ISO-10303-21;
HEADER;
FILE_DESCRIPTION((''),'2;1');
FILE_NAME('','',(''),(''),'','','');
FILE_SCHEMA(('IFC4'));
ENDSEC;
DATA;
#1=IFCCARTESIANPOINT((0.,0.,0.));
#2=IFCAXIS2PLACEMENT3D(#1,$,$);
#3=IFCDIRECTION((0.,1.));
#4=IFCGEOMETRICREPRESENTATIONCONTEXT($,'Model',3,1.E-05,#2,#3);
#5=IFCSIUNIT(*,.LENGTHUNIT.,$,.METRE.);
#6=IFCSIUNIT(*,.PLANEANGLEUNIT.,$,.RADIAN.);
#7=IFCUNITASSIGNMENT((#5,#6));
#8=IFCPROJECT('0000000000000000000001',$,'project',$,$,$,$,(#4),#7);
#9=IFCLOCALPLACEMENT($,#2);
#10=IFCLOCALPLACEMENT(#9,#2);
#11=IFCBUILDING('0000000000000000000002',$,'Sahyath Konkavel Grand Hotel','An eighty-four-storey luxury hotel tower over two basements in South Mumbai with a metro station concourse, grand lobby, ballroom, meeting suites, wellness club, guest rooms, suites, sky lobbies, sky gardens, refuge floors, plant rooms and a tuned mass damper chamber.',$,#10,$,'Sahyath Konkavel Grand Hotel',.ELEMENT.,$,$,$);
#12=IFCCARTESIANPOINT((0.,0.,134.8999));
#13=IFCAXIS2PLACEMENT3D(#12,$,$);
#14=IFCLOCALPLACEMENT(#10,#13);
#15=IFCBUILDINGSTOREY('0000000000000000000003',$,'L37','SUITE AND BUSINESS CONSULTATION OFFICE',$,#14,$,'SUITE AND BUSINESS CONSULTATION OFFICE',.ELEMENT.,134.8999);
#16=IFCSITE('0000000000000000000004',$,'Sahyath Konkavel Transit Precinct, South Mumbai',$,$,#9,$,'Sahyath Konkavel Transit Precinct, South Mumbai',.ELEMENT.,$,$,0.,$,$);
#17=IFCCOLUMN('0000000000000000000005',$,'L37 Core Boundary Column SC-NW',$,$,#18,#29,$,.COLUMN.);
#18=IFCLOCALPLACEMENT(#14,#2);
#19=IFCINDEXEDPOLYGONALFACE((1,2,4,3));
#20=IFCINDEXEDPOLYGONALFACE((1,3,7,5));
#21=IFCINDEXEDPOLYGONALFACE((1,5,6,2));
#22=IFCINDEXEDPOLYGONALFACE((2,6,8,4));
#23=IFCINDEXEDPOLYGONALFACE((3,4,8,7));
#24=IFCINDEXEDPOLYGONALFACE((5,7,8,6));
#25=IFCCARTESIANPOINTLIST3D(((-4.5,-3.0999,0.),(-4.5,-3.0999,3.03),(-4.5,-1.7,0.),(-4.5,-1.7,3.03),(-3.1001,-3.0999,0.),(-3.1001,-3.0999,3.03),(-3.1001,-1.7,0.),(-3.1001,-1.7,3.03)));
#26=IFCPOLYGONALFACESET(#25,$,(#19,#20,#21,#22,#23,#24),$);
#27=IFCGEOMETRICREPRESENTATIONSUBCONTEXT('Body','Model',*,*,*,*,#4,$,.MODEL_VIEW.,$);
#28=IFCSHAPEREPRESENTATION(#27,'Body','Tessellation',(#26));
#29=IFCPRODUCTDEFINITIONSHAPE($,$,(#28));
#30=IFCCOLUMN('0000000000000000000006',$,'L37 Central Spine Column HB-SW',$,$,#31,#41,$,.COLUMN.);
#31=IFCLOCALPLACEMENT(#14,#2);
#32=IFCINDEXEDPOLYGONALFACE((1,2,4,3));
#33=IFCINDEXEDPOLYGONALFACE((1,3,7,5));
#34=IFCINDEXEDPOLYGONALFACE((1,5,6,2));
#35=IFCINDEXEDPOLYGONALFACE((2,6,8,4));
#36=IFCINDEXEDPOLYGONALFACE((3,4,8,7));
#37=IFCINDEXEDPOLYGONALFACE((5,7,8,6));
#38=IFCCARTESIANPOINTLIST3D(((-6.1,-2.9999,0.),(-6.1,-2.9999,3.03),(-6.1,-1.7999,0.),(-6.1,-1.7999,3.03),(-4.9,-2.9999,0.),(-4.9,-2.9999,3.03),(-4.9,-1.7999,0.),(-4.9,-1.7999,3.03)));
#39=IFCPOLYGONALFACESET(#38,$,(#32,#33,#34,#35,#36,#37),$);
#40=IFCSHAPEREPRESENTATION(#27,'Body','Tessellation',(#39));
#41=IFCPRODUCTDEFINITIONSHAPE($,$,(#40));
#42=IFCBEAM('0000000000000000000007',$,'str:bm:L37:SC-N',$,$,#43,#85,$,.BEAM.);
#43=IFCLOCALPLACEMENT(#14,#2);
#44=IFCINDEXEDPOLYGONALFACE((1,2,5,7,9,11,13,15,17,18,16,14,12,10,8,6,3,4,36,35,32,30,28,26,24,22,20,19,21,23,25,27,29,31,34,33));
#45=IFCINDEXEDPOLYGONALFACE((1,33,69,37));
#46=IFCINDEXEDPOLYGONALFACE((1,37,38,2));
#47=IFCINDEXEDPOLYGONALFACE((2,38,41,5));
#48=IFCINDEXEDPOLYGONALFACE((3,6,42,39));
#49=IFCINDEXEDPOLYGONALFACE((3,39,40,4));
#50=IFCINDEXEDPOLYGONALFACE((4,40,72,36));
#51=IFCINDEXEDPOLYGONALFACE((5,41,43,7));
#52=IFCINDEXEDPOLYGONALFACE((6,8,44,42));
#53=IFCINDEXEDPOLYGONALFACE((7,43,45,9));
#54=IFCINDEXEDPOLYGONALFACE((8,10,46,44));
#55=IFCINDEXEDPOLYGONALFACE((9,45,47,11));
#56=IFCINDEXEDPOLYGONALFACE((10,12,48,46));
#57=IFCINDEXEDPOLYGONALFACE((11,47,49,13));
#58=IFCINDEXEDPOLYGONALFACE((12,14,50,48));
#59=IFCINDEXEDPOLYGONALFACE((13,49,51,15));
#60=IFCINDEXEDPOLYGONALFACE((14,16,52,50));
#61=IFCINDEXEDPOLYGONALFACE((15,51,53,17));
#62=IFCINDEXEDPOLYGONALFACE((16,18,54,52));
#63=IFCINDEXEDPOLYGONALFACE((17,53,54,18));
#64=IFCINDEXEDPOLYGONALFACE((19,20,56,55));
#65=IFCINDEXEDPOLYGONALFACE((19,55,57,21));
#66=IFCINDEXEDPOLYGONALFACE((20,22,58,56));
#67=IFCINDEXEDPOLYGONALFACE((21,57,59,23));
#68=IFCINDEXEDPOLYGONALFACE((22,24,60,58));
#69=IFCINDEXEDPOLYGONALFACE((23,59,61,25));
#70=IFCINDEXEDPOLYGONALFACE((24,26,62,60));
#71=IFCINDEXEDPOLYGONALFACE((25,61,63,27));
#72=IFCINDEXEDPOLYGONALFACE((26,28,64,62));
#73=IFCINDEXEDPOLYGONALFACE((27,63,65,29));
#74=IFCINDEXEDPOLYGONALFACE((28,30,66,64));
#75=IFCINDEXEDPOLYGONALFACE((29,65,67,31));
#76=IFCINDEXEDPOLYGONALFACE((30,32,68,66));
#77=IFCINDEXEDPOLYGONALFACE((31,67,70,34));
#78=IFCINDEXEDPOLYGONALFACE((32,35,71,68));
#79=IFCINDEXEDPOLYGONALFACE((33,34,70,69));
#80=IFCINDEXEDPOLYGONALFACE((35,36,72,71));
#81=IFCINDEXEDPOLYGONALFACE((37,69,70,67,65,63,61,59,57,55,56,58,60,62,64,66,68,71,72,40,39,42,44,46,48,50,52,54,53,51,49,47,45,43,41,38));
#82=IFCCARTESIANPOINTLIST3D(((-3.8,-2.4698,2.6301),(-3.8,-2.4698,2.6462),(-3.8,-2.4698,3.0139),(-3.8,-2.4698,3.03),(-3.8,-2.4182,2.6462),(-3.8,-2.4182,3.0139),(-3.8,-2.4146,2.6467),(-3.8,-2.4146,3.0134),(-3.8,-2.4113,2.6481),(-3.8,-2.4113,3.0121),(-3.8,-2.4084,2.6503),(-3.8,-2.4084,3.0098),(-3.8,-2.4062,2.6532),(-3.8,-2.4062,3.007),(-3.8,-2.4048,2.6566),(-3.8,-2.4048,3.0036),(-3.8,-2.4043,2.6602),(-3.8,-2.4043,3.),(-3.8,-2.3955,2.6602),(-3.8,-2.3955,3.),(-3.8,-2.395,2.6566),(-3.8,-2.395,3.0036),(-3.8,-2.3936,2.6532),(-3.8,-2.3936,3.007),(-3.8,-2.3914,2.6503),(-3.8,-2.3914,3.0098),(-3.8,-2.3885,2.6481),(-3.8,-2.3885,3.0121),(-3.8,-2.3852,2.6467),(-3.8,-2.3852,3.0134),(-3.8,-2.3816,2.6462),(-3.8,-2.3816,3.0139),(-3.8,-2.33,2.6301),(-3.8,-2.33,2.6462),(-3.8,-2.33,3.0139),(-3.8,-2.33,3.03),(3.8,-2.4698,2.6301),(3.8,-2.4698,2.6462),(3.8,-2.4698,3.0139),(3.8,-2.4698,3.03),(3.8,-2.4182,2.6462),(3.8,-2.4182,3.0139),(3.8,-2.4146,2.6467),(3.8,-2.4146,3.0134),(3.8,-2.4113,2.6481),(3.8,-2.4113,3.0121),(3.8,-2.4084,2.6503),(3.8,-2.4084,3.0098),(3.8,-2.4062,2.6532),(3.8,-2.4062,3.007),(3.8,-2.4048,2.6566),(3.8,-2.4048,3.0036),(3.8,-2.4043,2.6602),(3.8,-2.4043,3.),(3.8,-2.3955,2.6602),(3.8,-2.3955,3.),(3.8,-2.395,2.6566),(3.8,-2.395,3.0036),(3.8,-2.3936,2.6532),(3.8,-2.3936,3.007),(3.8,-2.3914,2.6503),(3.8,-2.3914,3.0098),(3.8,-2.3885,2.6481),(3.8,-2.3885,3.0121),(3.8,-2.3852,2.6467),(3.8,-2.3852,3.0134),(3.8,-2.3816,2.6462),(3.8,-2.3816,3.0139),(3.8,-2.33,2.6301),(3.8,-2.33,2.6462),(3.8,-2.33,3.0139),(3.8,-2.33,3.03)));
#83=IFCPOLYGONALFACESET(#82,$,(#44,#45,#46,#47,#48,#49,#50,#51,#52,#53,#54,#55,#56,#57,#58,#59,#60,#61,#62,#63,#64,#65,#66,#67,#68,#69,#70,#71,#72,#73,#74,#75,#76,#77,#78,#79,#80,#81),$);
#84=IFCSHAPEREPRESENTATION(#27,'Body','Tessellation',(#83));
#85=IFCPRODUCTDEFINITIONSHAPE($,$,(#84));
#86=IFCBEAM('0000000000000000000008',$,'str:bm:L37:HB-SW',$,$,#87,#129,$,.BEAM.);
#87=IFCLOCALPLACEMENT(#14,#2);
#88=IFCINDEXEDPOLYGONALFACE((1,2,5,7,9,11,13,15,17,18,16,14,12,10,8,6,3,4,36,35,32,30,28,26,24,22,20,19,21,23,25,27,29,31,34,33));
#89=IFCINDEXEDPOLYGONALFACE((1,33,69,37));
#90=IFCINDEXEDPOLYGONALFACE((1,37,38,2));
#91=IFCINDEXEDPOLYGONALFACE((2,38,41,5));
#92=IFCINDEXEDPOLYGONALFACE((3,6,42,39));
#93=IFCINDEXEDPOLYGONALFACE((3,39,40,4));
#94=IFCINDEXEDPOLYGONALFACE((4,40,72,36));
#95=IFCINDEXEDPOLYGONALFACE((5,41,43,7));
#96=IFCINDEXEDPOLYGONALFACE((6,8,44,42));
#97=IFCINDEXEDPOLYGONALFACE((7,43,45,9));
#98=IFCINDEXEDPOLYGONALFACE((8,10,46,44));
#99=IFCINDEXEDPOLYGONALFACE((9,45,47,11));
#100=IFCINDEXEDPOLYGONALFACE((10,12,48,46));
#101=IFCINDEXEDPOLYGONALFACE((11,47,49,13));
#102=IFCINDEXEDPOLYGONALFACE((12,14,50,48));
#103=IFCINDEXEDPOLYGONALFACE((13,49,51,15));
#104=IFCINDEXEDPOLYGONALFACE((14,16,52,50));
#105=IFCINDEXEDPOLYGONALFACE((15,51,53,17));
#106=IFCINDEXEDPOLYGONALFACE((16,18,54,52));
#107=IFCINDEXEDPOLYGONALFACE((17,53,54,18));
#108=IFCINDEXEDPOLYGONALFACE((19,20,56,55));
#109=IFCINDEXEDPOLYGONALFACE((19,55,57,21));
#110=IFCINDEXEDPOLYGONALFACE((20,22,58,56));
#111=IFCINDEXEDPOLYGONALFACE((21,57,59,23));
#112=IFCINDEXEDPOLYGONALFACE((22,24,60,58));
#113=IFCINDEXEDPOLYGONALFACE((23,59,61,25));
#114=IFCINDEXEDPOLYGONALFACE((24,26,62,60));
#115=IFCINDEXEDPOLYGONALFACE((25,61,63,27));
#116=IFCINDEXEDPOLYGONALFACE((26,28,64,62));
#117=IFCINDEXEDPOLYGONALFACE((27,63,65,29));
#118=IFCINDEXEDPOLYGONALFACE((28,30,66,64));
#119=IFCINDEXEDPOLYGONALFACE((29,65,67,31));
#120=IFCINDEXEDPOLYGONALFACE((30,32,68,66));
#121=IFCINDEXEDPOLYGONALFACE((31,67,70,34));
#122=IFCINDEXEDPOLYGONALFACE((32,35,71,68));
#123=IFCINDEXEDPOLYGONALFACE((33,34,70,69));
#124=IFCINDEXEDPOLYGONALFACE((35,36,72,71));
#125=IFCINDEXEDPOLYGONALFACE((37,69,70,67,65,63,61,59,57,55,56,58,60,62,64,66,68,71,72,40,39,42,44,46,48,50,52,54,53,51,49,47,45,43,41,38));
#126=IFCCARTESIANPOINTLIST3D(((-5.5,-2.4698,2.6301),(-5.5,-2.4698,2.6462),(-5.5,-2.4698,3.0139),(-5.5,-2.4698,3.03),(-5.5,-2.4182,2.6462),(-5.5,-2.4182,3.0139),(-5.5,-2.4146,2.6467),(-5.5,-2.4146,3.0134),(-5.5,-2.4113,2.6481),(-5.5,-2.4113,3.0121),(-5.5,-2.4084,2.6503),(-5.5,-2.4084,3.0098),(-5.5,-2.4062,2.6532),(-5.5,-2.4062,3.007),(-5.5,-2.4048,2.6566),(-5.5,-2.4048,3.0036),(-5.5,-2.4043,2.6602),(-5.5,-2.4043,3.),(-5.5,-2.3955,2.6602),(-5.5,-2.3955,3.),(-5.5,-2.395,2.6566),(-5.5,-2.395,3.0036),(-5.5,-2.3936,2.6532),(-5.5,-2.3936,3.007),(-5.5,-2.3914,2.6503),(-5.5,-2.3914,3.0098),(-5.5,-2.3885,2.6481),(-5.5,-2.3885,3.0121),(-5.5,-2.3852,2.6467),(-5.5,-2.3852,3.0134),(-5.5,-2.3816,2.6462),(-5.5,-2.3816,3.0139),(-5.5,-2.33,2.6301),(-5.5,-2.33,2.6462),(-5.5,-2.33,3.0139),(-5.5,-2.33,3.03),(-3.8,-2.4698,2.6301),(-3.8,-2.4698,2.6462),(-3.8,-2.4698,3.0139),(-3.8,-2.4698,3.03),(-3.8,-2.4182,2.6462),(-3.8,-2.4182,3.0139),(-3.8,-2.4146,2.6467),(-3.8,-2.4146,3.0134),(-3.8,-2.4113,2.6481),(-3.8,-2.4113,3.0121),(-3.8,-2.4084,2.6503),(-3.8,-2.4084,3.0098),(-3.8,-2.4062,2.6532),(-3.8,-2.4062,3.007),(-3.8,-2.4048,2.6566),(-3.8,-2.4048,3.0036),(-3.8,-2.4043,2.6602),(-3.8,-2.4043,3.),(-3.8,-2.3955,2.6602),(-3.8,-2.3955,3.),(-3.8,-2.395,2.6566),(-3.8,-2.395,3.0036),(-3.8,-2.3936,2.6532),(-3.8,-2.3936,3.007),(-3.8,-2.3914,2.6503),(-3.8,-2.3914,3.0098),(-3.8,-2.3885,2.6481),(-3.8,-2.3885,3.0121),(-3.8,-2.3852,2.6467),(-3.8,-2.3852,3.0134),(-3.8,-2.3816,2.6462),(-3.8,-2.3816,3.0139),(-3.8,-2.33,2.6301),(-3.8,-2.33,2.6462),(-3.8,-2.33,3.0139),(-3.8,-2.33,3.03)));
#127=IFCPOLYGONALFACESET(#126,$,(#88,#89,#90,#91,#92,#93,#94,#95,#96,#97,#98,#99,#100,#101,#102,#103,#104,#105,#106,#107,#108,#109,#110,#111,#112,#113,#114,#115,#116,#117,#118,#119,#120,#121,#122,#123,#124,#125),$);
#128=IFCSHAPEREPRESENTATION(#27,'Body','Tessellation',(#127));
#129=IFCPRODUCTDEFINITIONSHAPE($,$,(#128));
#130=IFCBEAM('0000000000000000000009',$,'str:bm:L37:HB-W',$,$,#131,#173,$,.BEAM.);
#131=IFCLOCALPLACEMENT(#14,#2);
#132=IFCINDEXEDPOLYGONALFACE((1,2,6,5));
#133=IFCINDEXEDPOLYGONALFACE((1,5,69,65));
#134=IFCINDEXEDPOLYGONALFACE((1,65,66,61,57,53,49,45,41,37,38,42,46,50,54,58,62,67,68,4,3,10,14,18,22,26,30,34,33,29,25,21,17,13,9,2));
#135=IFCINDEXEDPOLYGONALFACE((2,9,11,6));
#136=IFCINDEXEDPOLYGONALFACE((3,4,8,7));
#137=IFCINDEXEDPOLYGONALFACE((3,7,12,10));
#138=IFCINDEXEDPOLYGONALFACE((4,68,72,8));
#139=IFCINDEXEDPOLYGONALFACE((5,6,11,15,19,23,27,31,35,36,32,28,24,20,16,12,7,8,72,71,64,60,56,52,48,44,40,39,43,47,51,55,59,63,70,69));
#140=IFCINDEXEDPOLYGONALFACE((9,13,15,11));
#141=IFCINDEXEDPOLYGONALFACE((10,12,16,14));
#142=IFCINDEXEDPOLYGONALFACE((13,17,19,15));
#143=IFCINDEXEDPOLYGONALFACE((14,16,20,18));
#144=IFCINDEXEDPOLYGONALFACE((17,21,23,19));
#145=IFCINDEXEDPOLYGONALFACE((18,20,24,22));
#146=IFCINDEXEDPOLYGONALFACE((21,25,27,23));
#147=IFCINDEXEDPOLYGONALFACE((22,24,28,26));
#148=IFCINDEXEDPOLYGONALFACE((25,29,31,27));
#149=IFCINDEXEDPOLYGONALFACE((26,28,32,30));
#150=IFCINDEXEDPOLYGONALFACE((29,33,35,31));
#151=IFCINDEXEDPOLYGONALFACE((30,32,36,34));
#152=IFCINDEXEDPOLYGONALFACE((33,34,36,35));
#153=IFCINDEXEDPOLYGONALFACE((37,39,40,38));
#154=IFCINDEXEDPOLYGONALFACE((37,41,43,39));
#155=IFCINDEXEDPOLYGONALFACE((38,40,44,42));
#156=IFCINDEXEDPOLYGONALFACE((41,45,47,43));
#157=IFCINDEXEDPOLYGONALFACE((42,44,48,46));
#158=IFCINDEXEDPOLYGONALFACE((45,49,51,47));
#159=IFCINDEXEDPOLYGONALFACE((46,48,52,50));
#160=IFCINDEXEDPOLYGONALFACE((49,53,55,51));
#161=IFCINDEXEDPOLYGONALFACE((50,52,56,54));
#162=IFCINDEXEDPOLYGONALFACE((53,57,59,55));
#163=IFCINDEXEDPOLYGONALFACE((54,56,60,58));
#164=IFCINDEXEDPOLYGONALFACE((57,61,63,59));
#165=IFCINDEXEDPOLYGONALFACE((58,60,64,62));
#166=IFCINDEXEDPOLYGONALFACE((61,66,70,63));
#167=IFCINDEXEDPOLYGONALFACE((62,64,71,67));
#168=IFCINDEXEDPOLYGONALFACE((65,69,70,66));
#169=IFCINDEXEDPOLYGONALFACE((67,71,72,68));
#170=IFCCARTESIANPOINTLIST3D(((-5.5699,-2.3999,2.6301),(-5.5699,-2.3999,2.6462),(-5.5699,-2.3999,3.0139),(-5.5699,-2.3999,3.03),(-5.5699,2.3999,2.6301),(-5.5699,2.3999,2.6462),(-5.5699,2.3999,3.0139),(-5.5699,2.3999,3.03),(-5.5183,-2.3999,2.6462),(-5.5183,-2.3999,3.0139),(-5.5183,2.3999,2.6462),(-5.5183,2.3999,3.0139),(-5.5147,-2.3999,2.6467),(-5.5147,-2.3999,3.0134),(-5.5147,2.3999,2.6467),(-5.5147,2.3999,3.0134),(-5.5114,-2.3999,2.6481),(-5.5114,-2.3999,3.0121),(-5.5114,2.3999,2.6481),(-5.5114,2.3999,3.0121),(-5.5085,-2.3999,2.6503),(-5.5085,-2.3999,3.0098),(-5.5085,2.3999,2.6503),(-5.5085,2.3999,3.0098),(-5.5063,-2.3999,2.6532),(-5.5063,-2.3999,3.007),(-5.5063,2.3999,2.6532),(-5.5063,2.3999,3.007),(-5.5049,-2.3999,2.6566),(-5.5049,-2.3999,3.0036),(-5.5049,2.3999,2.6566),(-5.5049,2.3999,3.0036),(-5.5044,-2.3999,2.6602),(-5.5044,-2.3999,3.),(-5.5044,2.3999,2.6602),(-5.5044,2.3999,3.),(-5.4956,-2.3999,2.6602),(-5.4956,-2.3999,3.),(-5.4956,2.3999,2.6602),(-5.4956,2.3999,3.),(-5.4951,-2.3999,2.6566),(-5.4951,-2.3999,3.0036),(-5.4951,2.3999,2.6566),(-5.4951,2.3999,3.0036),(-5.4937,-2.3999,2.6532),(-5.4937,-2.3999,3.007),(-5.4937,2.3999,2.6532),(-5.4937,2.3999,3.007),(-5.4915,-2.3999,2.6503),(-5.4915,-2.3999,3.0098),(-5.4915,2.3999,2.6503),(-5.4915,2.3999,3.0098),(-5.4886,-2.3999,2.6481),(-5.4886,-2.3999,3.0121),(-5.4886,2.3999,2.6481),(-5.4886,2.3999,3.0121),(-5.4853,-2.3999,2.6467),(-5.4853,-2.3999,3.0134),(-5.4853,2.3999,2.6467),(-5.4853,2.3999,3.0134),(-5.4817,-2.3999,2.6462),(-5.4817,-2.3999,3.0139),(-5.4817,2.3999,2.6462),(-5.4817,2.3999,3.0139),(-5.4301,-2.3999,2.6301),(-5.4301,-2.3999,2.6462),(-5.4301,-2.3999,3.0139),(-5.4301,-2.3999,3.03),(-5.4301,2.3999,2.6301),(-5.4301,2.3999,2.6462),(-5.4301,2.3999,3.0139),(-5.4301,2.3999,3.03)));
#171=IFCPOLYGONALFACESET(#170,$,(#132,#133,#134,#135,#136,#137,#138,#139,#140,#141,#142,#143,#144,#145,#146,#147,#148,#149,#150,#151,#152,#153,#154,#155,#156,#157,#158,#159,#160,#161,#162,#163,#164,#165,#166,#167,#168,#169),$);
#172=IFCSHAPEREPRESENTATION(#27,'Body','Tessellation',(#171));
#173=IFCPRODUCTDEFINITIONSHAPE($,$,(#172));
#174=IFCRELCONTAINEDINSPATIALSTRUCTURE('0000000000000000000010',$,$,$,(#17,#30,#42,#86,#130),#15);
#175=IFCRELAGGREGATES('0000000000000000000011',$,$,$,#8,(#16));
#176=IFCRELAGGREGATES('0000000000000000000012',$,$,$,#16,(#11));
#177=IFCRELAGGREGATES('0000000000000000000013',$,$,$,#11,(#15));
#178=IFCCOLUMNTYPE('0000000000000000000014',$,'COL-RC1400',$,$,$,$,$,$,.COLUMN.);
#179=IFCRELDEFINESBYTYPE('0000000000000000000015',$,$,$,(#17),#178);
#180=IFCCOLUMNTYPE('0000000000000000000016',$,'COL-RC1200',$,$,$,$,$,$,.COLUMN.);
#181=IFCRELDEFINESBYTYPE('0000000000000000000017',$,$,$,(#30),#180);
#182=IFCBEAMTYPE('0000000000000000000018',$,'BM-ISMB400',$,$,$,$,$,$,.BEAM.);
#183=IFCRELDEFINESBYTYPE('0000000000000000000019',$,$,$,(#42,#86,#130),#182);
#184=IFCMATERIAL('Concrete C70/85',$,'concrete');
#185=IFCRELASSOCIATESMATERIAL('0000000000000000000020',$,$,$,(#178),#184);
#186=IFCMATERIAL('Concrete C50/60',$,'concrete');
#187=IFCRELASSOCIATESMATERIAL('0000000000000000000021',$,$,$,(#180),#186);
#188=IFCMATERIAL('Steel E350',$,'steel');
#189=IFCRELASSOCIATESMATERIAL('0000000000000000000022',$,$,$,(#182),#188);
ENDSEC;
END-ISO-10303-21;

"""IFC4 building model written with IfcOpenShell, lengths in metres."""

from ifc_helpers import new_model, si_unit, direction, frame, origin, origin_2d, place, context, subcontext, project, spatial, rectangle, i_section, extrude, source, transform, mapped, material, material_profile, profile_set, type_object, element, save


model = new_model("IFC4")

# Units and contexts
model_context = context("Model", 3, precision=1e-05, world=origin(), true_north=direction((0.0, 1.0)))
body_context = subcontext(model_context, "Body", "Model", "MODEL_VIEW")
ifc_project = project(units=[si_unit("LENGTHUNIT", "METRE"), si_unit("PLANEANGLEUNIT", "RADIAN")], contexts=[model_context])

# Site, building, storey
site_placement = place(None, origin())
site = spatial("IfcSite", under=ifc_project, at=site_placement, Name="Sahyath Konkavel Transit Precinct, South Mumbai", LongName="Sahyath Konkavel Transit Precinct, South Mumbai", CompositionType="ELEMENT", RefElevation=0.0)
building_placement = place(site_placement, origin())
building = spatial("IfcBuilding", under=site, at=building_placement, Name="Sahyath Konkavel Grand Hotel", Description="An eighty-four-storey luxury hotel tower over two basements in South Mumbai with a metro station concourse, grand lobby, ballroom, meeting suites, wellness club, guest rooms, suites, sky lobbies, sky gardens, refuge floors, plant rooms and a tuned mass damper chamber.", LongName="Sahyath Konkavel Grand Hotel", CompositionType="ELEMENT")
storey_placement = place(building_placement, frame((0.0, 0.0, 134.8999)))
storey = spatial("IfcBuildingStorey", under=building, at=storey_placement, Name="L37", Description="SUITE AND BUSINESS CONSULTATION OFFICE", LongName="SUITE AND BUSINESS CONSULTATION OFFICE", CompositionType="ELEMENT", Elevation=134.8999)

# Columns
ifc_material_1 = material(Name="Concrete C70/85", Category="concrete")
ifc_material_profile_1 = material_profile(ifc_material_1, rectangle(XDim=1.3999, YDim=1.3999, at=origin_2d()), Name="RC 1400x1400")
ifc_profile_set_1 = profile_set([ifc_material_profile_1], Name="Concrete C70/85")
column_type_1 = type_object("IfcColumnType", Name="COL-RC1400", PredefinedType="COLUMN", material=ifc_profile_set_1)
shared_shape_1 = source(origin(), body_context, "Body", "SweptSolid", [
    extrude(rectangle(XDim=1.3999, YDim=1.3999, at=origin_2d()), origin(), (0.0, 0.0, 1.0), 3.03),
])
column_1_placement = place(storey_placement, frame((-3.8, -2.3999, 0.0), z_axis=(0.0, 0.0, 1.0), x_axis=(1.0, 0.0, 0.0)))
element("IfcColumn", 1, at=column_1_placement, inside=storey, type_object=column_type_1, Name="L37 Core Boundary Column SC-NW", PredefinedType="COLUMN", context=body_context, shape_type="MappedRepresentation", body=[
    mapped(shared_shape_1, transform((0.0, 0.0, 0.0), scale=1.0)),
])
ifc_material_2 = material(Name="Concrete C50/60", Category="concrete")
ifc_material_profile_2 = material_profile(ifc_material_2, rectangle(XDim=1.2, YDim=1.2, at=origin_2d()), Name="RC 1200x1200")
ifc_profile_set_2 = profile_set([ifc_material_profile_2], Name="Concrete C50/60")
column_type_2 = type_object("IfcColumnType", Name="COL-RC1200", PredefinedType="COLUMN", material=ifc_profile_set_2)
shared_shape_2 = source(origin(), body_context, "Body", "SweptSolid", [
    extrude(rectangle(XDim=1.2, YDim=1.2, at=origin_2d()), origin(), (0.0, 0.0, 1.0), 3.03),
])
column_2_placement = place(storey_placement, frame((-5.5, -2.3999, 0.0), z_axis=(0.0, 0.0, 1.0), x_axis=(1.0, 0.0, 0.0)))
element("IfcColumn", 2, at=column_2_placement, inside=storey, type_object=column_type_2, Name="L37 Central Spine Column HB-SW", PredefinedType="COLUMN", context=body_context, shape_type="MappedRepresentation", body=[
    mapped(shared_shape_2, transform((0.0, 0.0, 0.0), scale=1.0)),
])

# Beams
ifc_material_3 = material(Name="Steel E350", Category="steel")
ifc_material_profile_3 = material_profile(ifc_material_3, i_section(OverallWidth=0.1399, OverallDepth=0.3999, WebThickness=0.0088, FlangeThickness=0.0161, FilletRadius=0.0139, at=origin_2d()), Name="ISMB 400")
ifc_profile_set_3 = profile_set([ifc_material_profile_3], Name="Steel E350")
beam_type_1 = type_object("IfcBeamType", Name="BM-ISMB400", PredefinedType="BEAM", material=ifc_profile_set_3)
shared_shape_3 = source(origin(), body_context, "Body", "SweptSolid", [
    extrude(i_section(OverallWidth=0.1399, OverallDepth=0.3999, WebThickness=0.0088, FlangeThickness=0.0161, FilletRadius=0.0139, at=origin_2d()), origin(), (0.0, 0.0, 1.0), 7.6001),
])
beam_1_placement = place(storey_placement, frame((-3.8, -2.3999, 2.8301), z_axis=(1.0, 0.0, 0.0), x_axis=(0.0, 1.0, 0.0)))
element("IfcBeam", 3, at=beam_1_placement, inside=storey, type_object=beam_type_1, Name="str:bm:L37:SC-N", PredefinedType="BEAM", context=body_context, shape_type="MappedRepresentation", body=[
    mapped(shared_shape_3, transform((0.0, 0.0, 0.0), scale=1.0)),
])
shared_shape_4 = source(origin(), body_context, "Body", "SweptSolid", [
    extrude(i_section(OverallWidth=0.1399, OverallDepth=0.3999, WebThickness=0.0088, FlangeThickness=0.0161, FilletRadius=0.0139, at=origin_2d()), origin(), (0.0, 0.0, 1.0), 1.7),
])
beam_2_placement = place(storey_placement, frame((-5.5, -2.3999, 2.8301), z_axis=(1.0, 0.0, 0.0), x_axis=(0.0, 1.0, 0.0)))
element("IfcBeam", 4, at=beam_2_placement, inside=storey, type_object=beam_type_1, Name="str:bm:L37:HB-SW", PredefinedType="BEAM", context=body_context, shape_type="MappedRepresentation", body=[
    mapped(shared_shape_4, transform((0.0, 0.0, 0.0), scale=1.0)),
])
shared_shape_5 = source(origin(), body_context, "Body", "SweptSolid", [
    extrude(i_section(OverallWidth=0.1399, OverallDepth=0.3999, WebThickness=0.0088, FlangeThickness=0.0161, FilletRadius=0.0139, at=origin_2d()), origin(), (0.0, 0.0, 1.0), 4.7998),
])
beam_3_placement = place(storey_placement, frame((-5.5, -2.3999, 2.8301), z_axis=(0.0, 1.0, 0.0), x_axis=(-1.0, 0.0, 0.0)))
element("IfcBeam", 5, at=beam_3_placement, inside=storey, type_object=beam_type_1, Name="str:bm:L37:HB-W", PredefinedType="BEAM", context=body_context, shape_type="MappedRepresentation", body=[
    mapped(shared_shape_5, transform((0.0, 0.0, 0.0), scale=1.0)),
])

save(model, "model.ifc")
